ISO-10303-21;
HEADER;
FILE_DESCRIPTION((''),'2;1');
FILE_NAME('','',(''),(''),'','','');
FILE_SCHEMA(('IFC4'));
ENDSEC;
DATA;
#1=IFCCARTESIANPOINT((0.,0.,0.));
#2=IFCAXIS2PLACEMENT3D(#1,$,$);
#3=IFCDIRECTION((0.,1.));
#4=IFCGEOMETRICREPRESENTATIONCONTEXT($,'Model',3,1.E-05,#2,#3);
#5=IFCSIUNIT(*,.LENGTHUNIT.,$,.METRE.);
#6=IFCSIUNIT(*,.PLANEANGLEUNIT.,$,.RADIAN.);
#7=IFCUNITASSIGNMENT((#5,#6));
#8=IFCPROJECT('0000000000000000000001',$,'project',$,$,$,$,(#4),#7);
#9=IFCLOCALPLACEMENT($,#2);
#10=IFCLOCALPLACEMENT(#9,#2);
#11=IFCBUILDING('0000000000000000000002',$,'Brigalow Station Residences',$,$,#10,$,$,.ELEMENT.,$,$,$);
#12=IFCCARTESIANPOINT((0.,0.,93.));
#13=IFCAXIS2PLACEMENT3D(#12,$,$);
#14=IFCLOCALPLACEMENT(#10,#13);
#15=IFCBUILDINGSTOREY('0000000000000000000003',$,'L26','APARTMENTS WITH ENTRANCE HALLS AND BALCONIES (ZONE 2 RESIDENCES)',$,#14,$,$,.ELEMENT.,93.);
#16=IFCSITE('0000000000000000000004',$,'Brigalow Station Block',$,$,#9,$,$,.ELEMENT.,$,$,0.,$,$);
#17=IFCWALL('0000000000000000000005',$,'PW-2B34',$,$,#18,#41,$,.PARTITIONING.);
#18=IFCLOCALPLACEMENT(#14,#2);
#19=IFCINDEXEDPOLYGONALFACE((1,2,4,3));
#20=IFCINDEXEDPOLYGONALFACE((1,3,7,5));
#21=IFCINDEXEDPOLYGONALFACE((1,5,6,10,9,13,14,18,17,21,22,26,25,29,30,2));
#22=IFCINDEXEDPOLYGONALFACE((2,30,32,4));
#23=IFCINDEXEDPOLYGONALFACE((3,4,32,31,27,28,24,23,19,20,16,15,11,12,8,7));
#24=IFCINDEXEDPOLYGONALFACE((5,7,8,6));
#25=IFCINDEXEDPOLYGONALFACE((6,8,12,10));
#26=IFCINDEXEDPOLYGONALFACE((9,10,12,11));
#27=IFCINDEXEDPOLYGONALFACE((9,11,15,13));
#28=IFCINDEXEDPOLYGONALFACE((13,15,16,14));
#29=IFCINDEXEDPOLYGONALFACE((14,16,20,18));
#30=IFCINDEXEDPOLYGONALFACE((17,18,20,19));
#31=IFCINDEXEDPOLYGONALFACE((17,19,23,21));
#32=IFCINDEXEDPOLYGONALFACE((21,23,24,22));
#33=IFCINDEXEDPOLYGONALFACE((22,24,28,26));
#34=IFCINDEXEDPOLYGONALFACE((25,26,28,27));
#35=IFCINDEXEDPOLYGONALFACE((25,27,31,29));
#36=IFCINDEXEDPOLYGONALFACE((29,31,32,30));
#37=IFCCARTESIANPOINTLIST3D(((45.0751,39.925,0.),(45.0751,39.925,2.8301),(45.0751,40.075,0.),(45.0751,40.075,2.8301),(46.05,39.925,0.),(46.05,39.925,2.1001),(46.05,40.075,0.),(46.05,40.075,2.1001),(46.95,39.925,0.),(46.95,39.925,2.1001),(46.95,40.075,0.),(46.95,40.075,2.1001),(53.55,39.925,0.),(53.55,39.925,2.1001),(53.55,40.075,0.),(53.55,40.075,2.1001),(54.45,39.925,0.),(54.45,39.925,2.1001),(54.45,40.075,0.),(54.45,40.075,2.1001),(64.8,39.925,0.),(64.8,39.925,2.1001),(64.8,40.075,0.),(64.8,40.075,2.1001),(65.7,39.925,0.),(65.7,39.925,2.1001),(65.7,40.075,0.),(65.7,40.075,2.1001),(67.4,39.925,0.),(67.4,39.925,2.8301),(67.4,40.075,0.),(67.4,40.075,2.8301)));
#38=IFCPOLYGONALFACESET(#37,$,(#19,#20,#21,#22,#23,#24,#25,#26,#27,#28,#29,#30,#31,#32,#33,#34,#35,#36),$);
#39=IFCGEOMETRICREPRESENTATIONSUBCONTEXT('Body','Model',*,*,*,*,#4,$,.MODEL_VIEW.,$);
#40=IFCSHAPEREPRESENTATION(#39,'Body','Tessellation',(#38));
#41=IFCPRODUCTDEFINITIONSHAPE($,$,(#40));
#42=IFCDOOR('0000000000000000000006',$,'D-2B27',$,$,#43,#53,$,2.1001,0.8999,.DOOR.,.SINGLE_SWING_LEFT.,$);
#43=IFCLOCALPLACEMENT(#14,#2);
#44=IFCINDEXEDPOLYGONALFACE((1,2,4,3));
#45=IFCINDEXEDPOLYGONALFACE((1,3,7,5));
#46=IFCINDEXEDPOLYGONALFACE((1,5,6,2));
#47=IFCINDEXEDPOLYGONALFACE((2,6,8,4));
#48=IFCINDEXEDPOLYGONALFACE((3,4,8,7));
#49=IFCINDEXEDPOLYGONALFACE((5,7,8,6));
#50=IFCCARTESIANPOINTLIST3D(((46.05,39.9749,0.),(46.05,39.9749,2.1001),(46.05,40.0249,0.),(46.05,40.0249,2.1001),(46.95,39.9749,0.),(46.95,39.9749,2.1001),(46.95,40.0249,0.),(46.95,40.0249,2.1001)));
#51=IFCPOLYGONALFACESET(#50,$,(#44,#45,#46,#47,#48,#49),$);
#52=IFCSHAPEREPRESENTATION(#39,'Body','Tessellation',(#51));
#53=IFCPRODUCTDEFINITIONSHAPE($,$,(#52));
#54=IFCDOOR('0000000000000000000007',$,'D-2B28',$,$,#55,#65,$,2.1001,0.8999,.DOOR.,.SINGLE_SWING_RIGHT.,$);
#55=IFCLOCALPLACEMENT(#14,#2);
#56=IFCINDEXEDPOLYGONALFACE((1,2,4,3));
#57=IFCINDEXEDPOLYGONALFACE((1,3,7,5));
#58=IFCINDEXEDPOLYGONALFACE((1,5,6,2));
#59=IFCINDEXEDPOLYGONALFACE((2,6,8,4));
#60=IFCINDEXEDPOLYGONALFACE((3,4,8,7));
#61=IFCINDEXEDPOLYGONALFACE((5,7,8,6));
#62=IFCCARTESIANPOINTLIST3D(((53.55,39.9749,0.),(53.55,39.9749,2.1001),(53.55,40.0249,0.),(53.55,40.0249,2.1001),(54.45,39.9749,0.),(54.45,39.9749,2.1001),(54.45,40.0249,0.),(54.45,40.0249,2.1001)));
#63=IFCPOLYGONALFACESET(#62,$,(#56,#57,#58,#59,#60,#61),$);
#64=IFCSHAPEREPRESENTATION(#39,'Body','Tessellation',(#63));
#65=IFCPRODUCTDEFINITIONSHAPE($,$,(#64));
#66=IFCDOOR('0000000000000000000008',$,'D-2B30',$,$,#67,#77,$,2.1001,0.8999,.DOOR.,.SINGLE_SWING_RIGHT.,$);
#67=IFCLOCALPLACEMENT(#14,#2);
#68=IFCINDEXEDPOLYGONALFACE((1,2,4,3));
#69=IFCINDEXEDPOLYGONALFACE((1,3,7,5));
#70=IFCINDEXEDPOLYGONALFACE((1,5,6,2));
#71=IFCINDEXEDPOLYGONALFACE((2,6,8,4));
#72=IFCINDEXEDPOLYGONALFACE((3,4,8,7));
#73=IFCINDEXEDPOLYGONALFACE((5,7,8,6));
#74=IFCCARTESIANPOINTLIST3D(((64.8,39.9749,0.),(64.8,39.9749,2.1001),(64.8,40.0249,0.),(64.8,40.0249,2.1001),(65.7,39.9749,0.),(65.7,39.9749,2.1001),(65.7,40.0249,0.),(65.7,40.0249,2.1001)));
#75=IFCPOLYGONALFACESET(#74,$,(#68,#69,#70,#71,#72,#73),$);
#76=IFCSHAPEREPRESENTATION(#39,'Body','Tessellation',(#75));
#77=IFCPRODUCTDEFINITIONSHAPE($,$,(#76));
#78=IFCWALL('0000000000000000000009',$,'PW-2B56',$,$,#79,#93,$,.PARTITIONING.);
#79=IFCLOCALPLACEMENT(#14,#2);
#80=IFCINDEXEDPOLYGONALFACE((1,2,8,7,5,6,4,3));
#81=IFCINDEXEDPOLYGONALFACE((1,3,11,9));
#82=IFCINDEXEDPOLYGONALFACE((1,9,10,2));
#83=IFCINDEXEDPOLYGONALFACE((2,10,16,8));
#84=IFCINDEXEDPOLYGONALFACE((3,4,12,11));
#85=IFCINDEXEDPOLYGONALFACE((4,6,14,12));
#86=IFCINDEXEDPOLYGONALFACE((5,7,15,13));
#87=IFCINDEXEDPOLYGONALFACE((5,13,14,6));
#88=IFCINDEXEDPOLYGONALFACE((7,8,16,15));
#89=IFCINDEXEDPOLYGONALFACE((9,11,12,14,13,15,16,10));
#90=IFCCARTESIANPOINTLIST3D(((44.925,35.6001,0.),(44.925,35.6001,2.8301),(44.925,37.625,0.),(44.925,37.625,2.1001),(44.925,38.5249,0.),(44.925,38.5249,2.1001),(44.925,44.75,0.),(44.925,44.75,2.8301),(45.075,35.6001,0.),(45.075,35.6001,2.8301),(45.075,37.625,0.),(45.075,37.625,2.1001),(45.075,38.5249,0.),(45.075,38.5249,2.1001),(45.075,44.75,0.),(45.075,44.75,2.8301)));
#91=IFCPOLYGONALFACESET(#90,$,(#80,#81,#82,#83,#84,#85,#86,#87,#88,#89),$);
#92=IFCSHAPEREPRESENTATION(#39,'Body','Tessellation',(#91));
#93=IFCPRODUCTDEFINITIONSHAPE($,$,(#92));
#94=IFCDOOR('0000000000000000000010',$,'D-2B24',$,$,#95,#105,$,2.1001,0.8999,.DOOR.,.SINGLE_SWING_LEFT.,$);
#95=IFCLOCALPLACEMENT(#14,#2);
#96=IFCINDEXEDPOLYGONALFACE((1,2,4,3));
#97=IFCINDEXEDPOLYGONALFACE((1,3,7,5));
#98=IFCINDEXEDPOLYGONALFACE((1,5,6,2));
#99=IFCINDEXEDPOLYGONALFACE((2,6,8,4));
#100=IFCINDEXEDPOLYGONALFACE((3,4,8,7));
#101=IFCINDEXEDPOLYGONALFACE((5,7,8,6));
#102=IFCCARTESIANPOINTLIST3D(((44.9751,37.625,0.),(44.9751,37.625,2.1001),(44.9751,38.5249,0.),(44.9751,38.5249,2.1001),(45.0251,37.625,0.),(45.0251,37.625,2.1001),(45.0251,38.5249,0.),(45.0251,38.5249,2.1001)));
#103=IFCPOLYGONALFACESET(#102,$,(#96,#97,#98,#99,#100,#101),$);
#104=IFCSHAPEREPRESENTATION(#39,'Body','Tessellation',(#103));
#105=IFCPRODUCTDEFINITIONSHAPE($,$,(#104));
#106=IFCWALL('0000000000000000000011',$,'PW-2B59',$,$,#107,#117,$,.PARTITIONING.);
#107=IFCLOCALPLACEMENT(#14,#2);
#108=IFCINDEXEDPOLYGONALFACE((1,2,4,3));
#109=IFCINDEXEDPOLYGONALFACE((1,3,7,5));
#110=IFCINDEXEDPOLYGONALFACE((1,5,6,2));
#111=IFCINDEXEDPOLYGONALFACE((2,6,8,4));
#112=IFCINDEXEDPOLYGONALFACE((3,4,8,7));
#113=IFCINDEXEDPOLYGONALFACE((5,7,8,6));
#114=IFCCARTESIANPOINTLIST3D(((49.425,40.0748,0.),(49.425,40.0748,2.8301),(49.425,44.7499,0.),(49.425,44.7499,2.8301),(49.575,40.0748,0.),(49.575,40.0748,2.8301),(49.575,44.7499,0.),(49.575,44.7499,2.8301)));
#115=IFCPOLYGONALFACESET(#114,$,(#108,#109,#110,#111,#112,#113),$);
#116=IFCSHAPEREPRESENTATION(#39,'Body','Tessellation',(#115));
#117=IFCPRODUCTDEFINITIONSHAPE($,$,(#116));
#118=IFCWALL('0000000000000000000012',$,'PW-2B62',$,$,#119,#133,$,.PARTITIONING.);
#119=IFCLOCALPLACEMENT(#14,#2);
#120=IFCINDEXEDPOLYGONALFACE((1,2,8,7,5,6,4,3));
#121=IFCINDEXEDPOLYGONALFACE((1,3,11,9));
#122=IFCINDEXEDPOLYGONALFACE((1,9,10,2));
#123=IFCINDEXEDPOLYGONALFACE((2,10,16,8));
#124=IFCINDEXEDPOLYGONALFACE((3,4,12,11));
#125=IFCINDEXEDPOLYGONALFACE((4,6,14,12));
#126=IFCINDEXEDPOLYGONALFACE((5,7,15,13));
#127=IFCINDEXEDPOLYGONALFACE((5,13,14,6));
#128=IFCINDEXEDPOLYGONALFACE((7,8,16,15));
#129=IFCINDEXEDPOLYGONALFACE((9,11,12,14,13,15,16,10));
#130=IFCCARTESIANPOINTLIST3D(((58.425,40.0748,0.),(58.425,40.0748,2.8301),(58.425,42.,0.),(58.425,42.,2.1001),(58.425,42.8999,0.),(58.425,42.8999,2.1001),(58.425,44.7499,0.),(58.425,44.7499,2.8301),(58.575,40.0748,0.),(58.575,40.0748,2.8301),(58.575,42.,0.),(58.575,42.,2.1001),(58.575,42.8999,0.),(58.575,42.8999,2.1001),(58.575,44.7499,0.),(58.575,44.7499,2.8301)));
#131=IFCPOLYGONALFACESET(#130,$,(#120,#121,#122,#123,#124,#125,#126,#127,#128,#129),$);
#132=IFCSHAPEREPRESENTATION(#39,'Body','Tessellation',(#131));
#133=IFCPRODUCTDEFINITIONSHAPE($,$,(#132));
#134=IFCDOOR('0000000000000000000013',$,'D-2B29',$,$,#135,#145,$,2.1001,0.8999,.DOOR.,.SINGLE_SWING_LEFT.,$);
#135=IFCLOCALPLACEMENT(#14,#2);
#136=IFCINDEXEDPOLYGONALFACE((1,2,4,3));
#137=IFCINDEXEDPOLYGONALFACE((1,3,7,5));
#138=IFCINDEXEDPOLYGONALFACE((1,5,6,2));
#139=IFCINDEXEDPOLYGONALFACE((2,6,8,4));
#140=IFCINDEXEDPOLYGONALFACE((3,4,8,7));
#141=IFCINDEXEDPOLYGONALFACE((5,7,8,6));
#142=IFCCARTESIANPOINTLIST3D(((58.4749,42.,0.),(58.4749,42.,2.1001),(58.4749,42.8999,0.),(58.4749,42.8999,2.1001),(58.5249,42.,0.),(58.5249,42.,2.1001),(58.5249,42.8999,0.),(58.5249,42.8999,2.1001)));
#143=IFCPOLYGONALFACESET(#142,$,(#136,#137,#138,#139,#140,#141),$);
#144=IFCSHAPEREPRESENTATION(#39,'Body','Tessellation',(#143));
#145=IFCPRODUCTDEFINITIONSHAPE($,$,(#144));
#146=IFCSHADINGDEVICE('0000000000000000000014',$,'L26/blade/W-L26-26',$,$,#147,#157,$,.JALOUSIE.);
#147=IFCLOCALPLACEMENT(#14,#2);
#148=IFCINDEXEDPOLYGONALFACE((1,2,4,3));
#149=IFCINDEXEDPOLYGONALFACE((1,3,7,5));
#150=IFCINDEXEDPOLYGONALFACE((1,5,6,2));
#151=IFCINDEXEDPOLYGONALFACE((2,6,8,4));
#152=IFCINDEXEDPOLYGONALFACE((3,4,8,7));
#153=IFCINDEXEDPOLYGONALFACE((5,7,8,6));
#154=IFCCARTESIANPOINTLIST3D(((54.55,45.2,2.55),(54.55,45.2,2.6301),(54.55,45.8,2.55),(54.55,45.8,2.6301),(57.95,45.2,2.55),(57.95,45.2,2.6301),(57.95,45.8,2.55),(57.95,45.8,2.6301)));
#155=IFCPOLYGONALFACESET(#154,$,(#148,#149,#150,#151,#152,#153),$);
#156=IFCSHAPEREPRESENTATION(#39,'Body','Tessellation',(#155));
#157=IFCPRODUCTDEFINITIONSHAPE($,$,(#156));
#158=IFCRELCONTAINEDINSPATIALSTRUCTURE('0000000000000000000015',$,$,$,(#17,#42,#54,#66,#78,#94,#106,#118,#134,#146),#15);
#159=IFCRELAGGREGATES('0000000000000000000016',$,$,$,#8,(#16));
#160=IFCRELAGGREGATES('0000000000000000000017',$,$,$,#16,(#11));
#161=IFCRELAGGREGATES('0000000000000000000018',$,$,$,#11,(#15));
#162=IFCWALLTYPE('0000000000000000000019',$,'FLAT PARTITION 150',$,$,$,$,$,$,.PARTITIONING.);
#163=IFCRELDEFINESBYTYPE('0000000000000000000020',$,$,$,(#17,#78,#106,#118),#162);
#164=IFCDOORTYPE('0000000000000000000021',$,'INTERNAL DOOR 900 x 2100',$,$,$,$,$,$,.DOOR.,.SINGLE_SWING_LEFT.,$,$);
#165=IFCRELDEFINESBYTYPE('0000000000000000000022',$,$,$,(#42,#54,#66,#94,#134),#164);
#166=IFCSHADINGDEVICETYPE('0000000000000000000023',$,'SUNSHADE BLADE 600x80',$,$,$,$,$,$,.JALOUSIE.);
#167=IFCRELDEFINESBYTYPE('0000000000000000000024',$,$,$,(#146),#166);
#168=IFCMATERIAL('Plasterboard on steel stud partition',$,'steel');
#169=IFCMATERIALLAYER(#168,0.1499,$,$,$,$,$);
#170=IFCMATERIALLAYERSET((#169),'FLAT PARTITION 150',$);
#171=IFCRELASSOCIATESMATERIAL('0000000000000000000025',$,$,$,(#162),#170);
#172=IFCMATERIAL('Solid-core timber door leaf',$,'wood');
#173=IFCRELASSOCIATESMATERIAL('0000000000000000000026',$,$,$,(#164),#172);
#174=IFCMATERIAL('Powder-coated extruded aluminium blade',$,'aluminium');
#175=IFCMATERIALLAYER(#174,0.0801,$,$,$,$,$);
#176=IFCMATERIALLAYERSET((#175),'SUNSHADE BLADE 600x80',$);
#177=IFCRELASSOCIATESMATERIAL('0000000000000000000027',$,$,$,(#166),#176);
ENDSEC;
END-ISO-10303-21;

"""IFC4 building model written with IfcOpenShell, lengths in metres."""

from ifc_helpers import new_model, si_unit, direction, frame, frame_2d, origin, origin_2d, place, context, subcontext, project, spatial, rectangle, extrude, material, layer, layer_set, type_object, element, fill, save


model = new_model("IFC4")

# Units and contexts
model_context = context("Model", 3, precision=1e-05, world=origin(), true_north=direction((0.0, 1.0)))
body_context = subcontext(model_context, "Body", "Model", "MODEL_VIEW")
ifc_project = project(units=[si_unit("LENGTHUNIT", "METRE"), si_unit("PLANEANGLEUNIT", "RADIAN")], contexts=[model_context])

# Site, building, storey
site_placement = place(None, origin())
site = spatial("IfcSite", under=ifc_project, at=site_placement, Name="Brigalow Station Block", CompositionType="ELEMENT", RefElevation=0.0)
building_placement = place(site_placement, origin())
building = spatial("IfcBuilding", under=site, at=building_placement, Name="Brigalow Station Residences", CompositionType="ELEMENT")
storey_placement = place(building_placement, frame((0.0, 0.0, 93.0)))
storey = spatial("IfcBuildingStorey", under=building, at=storey_placement, Name="L26", Description="APARTMENTS WITH ENTRANCE HALLS AND BALCONIES (ZONE 2 RESIDENCES)", CompositionType="ELEMENT", Elevation=93.0)

# Wall, openings, doors
ifc_material_1 = material(Name="Plasterboard on steel stud partition", Category="steel")
ifc_layer_1 = layer(ifc_material_1, 0.1499)
ifc_layer_set_1 = layer_set([ifc_layer_1], Name="FLAT PARTITION 150")
wall_type_1 = type_object("IfcWallType", Name="FLAT PARTITION 150", PredefinedType="PARTITIONING", material=ifc_layer_set_1)
wall_1_placement = place(storey_placement, frame((45.075, 40.0, 0.0), z_axis=(0.0, 0.0, 1.0), x_axis=(1.0, 0.0, 0.0)))
wall_1 = element("IfcWall", 1, at=wall_1_placement, inside=storey, type_object=wall_type_1, Name="PW-2B34", PredefinedType="PARTITIONING", context=body_context, shape_type="SweptSolid", body=[
    extrude(rectangle(XDim=22.325, YDim=0.1499, at=frame_2d((11.1626, 0.0))), origin(), (0.0, 0.0, 1.0), 2.8301),
])
opening_1_placement = place(wall_1_placement, frame((0.9751, 0.0, 0.0)))
opening_1 = element("IfcOpeningElement", 2, at=opening_1_placement, cuts=wall_1, PredefinedType="OPENING", context=body_context, shape_type="SweptSolid", body=[
    extrude(rectangle(XDim=0.8999, YDim=2.1001, at=frame_2d((0.45, 1.05))), frame((0.0, 0.085, 0.0), z_axis=(0.0, -1.0, 0.0), x_axis=(1.0, 0.0, 0.0)), (0.0, 0.0, 1.0), 0.1699),
])
opening_2_placement = place(wall_1_placement, frame((8.4751, 0.0, 0.0)))
opening_2 = element("IfcOpeningElement", 3, at=opening_2_placement, cuts=wall_1, PredefinedType="OPENING", context=body_context, shape_type="SweptSolid", body=[
    extrude(rectangle(XDim=0.8999, YDim=2.1001, at=frame_2d((0.45, 1.05))), frame((0.0, 0.085, 0.0), z_axis=(0.0, -1.0, 0.0), x_axis=(1.0, 0.0, 0.0)), (0.0, 0.0, 1.0), 0.1699),
])
opening_3_placement = place(wall_1_placement, frame((19.7251, 0.0, 0.0)))
opening_3 = element("IfcOpeningElement", 4, at=opening_3_placement, cuts=wall_1, PredefinedType="OPENING", context=body_context, shape_type="SweptSolid", body=[
    extrude(rectangle(XDim=0.8999, YDim=2.1001, at=frame_2d((0.45, 1.05))), frame((0.0, 0.085, 0.0), z_axis=(0.0, -1.0, 0.0), x_axis=(1.0, 0.0, 0.0)), (0.0, 0.0, 1.0), 0.1699),
])
ifc_material_2 = material(Name="Solid-core timber door leaf", Category="wood")
door_type_1 = type_object("IfcDoorType", Name="INTERNAL DOOR 900 x 2100", OperationType="SINGLE_SWING_LEFT", PredefinedType="DOOR", material=ifc_material_2)
door_1_placement = place(opening_1_placement, origin())
door_1 = element("IfcDoor", 5, at=door_1_placement, inside=storey, type_object=door_type_1, Name="D-2B27", OperationType="SINGLE_SWING_LEFT", OverallHeight=2.1001, OverallWidth=0.8999, PredefinedType="DOOR", context=body_context, shape_type="SweptSolid", body=[
    extrude(rectangle(XDim=0.8999, YDim=2.1001, at=frame_2d((0.45, 1.05))), frame((0.0, 0.0249, 0.0), z_axis=(0.0, -1.0, 0.0), x_axis=(1.0, 0.0, 0.0)), (0.0, 0.0, 1.0), 0.05),
])
fill(opening_1, door_1)
door_2_placement = place(opening_2_placement, origin())
door_2 = element("IfcDoor", 6, at=door_2_placement, inside=storey, type_object=door_type_1, Name="D-2B28", OperationType="SINGLE_SWING_RIGHT", OverallHeight=2.1001, OverallWidth=0.8999, PredefinedType="DOOR", context=body_context, shape_type="SweptSolid", body=[
    extrude(rectangle(XDim=0.8999, YDim=2.1001, at=frame_2d((0.45, 1.05))), frame((0.0, 0.0249, 0.0), z_axis=(0.0, -1.0, 0.0), x_axis=(1.0, 0.0, 0.0)), (0.0, 0.0, 1.0), 0.05),
])
fill(opening_2, door_2)
door_3_placement = place(opening_3_placement, origin())
door_3 = element("IfcDoor", 7, at=door_3_placement, inside=storey, type_object=door_type_1, Name="D-2B30", OperationType="SINGLE_SWING_RIGHT", OverallHeight=2.1001, OverallWidth=0.8999, PredefinedType="DOOR", context=body_context, shape_type="SweptSolid", body=[
    extrude(rectangle(XDim=0.8999, YDim=2.1001, at=frame_2d((0.45, 1.05))), frame((0.0, 0.0249, 0.0), z_axis=(0.0, -1.0, 0.0), x_axis=(1.0, 0.0, 0.0)), (0.0, 0.0, 1.0), 0.05),
])
fill(opening_3, door_3)

# Wall, opening, door
wall_2_placement = place(storey_placement, frame((45.0, 35.6001, 0.0), z_axis=(0.0, 0.0, 1.0), x_axis=(0.0, 1.0, 0.0)))
wall_2 = element("IfcWall", 8, at=wall_2_placement, inside=storey, type_object=wall_type_1, Name="PW-2B56", PredefinedType="PARTITIONING", context=body_context, shape_type="SweptSolid", body=[
    extrude(rectangle(XDim=9.1499, YDim=0.1499, at=frame_2d((4.575, 0.0))), origin(), (0.0, 0.0, 1.0), 2.8301),
])
opening_4_placement = place(wall_2_placement, frame((2.0249, 0.0, 0.0)))
opening_4 = element("IfcOpeningElement", 9, at=opening_4_placement, cuts=wall_2, PredefinedType="OPENING", context=body_context, shape_type="SweptSolid", body=[
    extrude(rectangle(XDim=0.8999, YDim=2.1001, at=frame_2d((0.45, 1.05))), frame((0.0, 0.085, 0.0), z_axis=(0.0, -1.0, 0.0), x_axis=(1.0, 0.0, 0.0)), (0.0, 0.0, 1.0), 0.1699),
])
door_4_placement = place(opening_4_placement, origin())
door_4 = element("IfcDoor", 10, at=door_4_placement, inside=storey, type_object=door_type_1, Name="D-2B24", OperationType="SINGLE_SWING_LEFT", OverallHeight=2.1001, OverallWidth=0.8999, PredefinedType="DOOR", context=body_context, shape_type="SweptSolid", body=[
    extrude(rectangle(XDim=0.8999, YDim=2.1001, at=frame_2d((0.45, 1.05))), frame((0.0, 0.0249, 0.0), z_axis=(0.0, -1.0, 0.0), x_axis=(1.0, 0.0, 0.0)), (0.0, 0.0, 1.0), 0.05),
])
fill(opening_4, door_4)

# Wall
wall_3_placement = place(storey_placement, frame((49.5, 40.075, 0.0), z_axis=(0.0, 0.0, 1.0), x_axis=(0.0, 1.0, 0.0)))
element("IfcWall", 11, at=wall_3_placement, inside=storey, type_object=wall_type_1, Name="PW-2B59", PredefinedType="PARTITIONING", context=body_context, shape_type="SweptSolid", body=[
    extrude(rectangle(XDim=4.675, YDim=0.1499, at=frame_2d((2.3374, 0.0))), origin(), (0.0, 0.0, 1.0), 2.8301),
])

# Wall, opening, door
wall_4_placement = place(storey_placement, frame((58.5, 40.075, 0.0), z_axis=(0.0, 0.0, 1.0), x_axis=(0.0, 1.0, 0.0)))
wall_4 = element("IfcWall", 12, at=wall_4_placement, inside=storey, type_object=wall_type_1, Name="PW-2B62", PredefinedType="PARTITIONING", context=body_context, shape_type="SweptSolid", body=[
    extrude(rectangle(XDim=4.675, YDim=0.1499, at=frame_2d((2.3374, 0.0))), origin(), (0.0, 0.0, 1.0), 2.8301),
])
opening_5_placement = place(wall_4_placement, frame((1.925, 0.0, 0.0)))
opening_5 = element("IfcOpeningElement", 13, at=opening_5_placement, cuts=wall_4, PredefinedType="OPENING", context=body_context, shape_type="SweptSolid", body=[
    extrude(rectangle(XDim=0.8999, YDim=2.1001, at=frame_2d((0.45, 1.05))), frame((0.0, 0.085, 0.0), z_axis=(0.0, -1.0, 0.0), x_axis=(1.0, 0.0, 0.0)), (0.0, 0.0, 1.0), 0.1699),
])
door_5_placement = place(opening_5_placement, frame((0.8999, 0.0, 0.0), z_axis=(0.0, 0.0, 1.0), x_axis=(-1.0, 0.0, 0.0)))
door_5 = element("IfcDoor", 14, at=door_5_placement, inside=storey, type_object=door_type_1, Name="D-2B29", OperationType="SINGLE_SWING_LEFT", OverallHeight=2.1001, OverallWidth=0.8999, PredefinedType="DOOR", context=body_context, shape_type="SweptSolid", body=[
    extrude(rectangle(XDim=0.8999, YDim=2.1001, at=frame_2d((0.45, 1.05))), frame((0.0, 0.0249, 0.0), z_axis=(0.0, -1.0, 0.0), x_axis=(1.0, 0.0, 0.0)), (0.0, 0.0, 1.0), 0.05),
])
fill(opening_5, door_5)

# Shading device
ifc_material_3 = material(Name="Powder-coated extruded aluminium blade", Category="aluminium")
ifc_layer_2 = layer(ifc_material_3, 0.0801)
ifc_layer_set_2 = layer_set([ifc_layer_2], Name="SUNSHADE BLADE 600x80")
shading_device_type = type_object("IfcShadingDeviceType", Name="SUNSHADE BLADE 600x80", PredefinedType="JALOUSIE", material=ifc_layer_set_2)
shading_device_placement = place(storey_placement, frame((56.25, 45.5, 2.55), z_axis=(0.0, 0.0, 1.0), x_axis=(-1.0, 0.0, 0.0)))
element("IfcShadingDevice", 15, at=shading_device_placement, inside=storey, type_object=shading_device_type, Name="L26/blade/W-L26-26", PredefinedType="JALOUSIE", context=body_context, shape_type="SweptSolid", body=[
    extrude(rectangle(XDim=3.3999, YDim=0.6001, at=origin_2d()), origin(), (0.0, 0.0, 1.0), 0.0801),
])

save(model, "model.ifc")
